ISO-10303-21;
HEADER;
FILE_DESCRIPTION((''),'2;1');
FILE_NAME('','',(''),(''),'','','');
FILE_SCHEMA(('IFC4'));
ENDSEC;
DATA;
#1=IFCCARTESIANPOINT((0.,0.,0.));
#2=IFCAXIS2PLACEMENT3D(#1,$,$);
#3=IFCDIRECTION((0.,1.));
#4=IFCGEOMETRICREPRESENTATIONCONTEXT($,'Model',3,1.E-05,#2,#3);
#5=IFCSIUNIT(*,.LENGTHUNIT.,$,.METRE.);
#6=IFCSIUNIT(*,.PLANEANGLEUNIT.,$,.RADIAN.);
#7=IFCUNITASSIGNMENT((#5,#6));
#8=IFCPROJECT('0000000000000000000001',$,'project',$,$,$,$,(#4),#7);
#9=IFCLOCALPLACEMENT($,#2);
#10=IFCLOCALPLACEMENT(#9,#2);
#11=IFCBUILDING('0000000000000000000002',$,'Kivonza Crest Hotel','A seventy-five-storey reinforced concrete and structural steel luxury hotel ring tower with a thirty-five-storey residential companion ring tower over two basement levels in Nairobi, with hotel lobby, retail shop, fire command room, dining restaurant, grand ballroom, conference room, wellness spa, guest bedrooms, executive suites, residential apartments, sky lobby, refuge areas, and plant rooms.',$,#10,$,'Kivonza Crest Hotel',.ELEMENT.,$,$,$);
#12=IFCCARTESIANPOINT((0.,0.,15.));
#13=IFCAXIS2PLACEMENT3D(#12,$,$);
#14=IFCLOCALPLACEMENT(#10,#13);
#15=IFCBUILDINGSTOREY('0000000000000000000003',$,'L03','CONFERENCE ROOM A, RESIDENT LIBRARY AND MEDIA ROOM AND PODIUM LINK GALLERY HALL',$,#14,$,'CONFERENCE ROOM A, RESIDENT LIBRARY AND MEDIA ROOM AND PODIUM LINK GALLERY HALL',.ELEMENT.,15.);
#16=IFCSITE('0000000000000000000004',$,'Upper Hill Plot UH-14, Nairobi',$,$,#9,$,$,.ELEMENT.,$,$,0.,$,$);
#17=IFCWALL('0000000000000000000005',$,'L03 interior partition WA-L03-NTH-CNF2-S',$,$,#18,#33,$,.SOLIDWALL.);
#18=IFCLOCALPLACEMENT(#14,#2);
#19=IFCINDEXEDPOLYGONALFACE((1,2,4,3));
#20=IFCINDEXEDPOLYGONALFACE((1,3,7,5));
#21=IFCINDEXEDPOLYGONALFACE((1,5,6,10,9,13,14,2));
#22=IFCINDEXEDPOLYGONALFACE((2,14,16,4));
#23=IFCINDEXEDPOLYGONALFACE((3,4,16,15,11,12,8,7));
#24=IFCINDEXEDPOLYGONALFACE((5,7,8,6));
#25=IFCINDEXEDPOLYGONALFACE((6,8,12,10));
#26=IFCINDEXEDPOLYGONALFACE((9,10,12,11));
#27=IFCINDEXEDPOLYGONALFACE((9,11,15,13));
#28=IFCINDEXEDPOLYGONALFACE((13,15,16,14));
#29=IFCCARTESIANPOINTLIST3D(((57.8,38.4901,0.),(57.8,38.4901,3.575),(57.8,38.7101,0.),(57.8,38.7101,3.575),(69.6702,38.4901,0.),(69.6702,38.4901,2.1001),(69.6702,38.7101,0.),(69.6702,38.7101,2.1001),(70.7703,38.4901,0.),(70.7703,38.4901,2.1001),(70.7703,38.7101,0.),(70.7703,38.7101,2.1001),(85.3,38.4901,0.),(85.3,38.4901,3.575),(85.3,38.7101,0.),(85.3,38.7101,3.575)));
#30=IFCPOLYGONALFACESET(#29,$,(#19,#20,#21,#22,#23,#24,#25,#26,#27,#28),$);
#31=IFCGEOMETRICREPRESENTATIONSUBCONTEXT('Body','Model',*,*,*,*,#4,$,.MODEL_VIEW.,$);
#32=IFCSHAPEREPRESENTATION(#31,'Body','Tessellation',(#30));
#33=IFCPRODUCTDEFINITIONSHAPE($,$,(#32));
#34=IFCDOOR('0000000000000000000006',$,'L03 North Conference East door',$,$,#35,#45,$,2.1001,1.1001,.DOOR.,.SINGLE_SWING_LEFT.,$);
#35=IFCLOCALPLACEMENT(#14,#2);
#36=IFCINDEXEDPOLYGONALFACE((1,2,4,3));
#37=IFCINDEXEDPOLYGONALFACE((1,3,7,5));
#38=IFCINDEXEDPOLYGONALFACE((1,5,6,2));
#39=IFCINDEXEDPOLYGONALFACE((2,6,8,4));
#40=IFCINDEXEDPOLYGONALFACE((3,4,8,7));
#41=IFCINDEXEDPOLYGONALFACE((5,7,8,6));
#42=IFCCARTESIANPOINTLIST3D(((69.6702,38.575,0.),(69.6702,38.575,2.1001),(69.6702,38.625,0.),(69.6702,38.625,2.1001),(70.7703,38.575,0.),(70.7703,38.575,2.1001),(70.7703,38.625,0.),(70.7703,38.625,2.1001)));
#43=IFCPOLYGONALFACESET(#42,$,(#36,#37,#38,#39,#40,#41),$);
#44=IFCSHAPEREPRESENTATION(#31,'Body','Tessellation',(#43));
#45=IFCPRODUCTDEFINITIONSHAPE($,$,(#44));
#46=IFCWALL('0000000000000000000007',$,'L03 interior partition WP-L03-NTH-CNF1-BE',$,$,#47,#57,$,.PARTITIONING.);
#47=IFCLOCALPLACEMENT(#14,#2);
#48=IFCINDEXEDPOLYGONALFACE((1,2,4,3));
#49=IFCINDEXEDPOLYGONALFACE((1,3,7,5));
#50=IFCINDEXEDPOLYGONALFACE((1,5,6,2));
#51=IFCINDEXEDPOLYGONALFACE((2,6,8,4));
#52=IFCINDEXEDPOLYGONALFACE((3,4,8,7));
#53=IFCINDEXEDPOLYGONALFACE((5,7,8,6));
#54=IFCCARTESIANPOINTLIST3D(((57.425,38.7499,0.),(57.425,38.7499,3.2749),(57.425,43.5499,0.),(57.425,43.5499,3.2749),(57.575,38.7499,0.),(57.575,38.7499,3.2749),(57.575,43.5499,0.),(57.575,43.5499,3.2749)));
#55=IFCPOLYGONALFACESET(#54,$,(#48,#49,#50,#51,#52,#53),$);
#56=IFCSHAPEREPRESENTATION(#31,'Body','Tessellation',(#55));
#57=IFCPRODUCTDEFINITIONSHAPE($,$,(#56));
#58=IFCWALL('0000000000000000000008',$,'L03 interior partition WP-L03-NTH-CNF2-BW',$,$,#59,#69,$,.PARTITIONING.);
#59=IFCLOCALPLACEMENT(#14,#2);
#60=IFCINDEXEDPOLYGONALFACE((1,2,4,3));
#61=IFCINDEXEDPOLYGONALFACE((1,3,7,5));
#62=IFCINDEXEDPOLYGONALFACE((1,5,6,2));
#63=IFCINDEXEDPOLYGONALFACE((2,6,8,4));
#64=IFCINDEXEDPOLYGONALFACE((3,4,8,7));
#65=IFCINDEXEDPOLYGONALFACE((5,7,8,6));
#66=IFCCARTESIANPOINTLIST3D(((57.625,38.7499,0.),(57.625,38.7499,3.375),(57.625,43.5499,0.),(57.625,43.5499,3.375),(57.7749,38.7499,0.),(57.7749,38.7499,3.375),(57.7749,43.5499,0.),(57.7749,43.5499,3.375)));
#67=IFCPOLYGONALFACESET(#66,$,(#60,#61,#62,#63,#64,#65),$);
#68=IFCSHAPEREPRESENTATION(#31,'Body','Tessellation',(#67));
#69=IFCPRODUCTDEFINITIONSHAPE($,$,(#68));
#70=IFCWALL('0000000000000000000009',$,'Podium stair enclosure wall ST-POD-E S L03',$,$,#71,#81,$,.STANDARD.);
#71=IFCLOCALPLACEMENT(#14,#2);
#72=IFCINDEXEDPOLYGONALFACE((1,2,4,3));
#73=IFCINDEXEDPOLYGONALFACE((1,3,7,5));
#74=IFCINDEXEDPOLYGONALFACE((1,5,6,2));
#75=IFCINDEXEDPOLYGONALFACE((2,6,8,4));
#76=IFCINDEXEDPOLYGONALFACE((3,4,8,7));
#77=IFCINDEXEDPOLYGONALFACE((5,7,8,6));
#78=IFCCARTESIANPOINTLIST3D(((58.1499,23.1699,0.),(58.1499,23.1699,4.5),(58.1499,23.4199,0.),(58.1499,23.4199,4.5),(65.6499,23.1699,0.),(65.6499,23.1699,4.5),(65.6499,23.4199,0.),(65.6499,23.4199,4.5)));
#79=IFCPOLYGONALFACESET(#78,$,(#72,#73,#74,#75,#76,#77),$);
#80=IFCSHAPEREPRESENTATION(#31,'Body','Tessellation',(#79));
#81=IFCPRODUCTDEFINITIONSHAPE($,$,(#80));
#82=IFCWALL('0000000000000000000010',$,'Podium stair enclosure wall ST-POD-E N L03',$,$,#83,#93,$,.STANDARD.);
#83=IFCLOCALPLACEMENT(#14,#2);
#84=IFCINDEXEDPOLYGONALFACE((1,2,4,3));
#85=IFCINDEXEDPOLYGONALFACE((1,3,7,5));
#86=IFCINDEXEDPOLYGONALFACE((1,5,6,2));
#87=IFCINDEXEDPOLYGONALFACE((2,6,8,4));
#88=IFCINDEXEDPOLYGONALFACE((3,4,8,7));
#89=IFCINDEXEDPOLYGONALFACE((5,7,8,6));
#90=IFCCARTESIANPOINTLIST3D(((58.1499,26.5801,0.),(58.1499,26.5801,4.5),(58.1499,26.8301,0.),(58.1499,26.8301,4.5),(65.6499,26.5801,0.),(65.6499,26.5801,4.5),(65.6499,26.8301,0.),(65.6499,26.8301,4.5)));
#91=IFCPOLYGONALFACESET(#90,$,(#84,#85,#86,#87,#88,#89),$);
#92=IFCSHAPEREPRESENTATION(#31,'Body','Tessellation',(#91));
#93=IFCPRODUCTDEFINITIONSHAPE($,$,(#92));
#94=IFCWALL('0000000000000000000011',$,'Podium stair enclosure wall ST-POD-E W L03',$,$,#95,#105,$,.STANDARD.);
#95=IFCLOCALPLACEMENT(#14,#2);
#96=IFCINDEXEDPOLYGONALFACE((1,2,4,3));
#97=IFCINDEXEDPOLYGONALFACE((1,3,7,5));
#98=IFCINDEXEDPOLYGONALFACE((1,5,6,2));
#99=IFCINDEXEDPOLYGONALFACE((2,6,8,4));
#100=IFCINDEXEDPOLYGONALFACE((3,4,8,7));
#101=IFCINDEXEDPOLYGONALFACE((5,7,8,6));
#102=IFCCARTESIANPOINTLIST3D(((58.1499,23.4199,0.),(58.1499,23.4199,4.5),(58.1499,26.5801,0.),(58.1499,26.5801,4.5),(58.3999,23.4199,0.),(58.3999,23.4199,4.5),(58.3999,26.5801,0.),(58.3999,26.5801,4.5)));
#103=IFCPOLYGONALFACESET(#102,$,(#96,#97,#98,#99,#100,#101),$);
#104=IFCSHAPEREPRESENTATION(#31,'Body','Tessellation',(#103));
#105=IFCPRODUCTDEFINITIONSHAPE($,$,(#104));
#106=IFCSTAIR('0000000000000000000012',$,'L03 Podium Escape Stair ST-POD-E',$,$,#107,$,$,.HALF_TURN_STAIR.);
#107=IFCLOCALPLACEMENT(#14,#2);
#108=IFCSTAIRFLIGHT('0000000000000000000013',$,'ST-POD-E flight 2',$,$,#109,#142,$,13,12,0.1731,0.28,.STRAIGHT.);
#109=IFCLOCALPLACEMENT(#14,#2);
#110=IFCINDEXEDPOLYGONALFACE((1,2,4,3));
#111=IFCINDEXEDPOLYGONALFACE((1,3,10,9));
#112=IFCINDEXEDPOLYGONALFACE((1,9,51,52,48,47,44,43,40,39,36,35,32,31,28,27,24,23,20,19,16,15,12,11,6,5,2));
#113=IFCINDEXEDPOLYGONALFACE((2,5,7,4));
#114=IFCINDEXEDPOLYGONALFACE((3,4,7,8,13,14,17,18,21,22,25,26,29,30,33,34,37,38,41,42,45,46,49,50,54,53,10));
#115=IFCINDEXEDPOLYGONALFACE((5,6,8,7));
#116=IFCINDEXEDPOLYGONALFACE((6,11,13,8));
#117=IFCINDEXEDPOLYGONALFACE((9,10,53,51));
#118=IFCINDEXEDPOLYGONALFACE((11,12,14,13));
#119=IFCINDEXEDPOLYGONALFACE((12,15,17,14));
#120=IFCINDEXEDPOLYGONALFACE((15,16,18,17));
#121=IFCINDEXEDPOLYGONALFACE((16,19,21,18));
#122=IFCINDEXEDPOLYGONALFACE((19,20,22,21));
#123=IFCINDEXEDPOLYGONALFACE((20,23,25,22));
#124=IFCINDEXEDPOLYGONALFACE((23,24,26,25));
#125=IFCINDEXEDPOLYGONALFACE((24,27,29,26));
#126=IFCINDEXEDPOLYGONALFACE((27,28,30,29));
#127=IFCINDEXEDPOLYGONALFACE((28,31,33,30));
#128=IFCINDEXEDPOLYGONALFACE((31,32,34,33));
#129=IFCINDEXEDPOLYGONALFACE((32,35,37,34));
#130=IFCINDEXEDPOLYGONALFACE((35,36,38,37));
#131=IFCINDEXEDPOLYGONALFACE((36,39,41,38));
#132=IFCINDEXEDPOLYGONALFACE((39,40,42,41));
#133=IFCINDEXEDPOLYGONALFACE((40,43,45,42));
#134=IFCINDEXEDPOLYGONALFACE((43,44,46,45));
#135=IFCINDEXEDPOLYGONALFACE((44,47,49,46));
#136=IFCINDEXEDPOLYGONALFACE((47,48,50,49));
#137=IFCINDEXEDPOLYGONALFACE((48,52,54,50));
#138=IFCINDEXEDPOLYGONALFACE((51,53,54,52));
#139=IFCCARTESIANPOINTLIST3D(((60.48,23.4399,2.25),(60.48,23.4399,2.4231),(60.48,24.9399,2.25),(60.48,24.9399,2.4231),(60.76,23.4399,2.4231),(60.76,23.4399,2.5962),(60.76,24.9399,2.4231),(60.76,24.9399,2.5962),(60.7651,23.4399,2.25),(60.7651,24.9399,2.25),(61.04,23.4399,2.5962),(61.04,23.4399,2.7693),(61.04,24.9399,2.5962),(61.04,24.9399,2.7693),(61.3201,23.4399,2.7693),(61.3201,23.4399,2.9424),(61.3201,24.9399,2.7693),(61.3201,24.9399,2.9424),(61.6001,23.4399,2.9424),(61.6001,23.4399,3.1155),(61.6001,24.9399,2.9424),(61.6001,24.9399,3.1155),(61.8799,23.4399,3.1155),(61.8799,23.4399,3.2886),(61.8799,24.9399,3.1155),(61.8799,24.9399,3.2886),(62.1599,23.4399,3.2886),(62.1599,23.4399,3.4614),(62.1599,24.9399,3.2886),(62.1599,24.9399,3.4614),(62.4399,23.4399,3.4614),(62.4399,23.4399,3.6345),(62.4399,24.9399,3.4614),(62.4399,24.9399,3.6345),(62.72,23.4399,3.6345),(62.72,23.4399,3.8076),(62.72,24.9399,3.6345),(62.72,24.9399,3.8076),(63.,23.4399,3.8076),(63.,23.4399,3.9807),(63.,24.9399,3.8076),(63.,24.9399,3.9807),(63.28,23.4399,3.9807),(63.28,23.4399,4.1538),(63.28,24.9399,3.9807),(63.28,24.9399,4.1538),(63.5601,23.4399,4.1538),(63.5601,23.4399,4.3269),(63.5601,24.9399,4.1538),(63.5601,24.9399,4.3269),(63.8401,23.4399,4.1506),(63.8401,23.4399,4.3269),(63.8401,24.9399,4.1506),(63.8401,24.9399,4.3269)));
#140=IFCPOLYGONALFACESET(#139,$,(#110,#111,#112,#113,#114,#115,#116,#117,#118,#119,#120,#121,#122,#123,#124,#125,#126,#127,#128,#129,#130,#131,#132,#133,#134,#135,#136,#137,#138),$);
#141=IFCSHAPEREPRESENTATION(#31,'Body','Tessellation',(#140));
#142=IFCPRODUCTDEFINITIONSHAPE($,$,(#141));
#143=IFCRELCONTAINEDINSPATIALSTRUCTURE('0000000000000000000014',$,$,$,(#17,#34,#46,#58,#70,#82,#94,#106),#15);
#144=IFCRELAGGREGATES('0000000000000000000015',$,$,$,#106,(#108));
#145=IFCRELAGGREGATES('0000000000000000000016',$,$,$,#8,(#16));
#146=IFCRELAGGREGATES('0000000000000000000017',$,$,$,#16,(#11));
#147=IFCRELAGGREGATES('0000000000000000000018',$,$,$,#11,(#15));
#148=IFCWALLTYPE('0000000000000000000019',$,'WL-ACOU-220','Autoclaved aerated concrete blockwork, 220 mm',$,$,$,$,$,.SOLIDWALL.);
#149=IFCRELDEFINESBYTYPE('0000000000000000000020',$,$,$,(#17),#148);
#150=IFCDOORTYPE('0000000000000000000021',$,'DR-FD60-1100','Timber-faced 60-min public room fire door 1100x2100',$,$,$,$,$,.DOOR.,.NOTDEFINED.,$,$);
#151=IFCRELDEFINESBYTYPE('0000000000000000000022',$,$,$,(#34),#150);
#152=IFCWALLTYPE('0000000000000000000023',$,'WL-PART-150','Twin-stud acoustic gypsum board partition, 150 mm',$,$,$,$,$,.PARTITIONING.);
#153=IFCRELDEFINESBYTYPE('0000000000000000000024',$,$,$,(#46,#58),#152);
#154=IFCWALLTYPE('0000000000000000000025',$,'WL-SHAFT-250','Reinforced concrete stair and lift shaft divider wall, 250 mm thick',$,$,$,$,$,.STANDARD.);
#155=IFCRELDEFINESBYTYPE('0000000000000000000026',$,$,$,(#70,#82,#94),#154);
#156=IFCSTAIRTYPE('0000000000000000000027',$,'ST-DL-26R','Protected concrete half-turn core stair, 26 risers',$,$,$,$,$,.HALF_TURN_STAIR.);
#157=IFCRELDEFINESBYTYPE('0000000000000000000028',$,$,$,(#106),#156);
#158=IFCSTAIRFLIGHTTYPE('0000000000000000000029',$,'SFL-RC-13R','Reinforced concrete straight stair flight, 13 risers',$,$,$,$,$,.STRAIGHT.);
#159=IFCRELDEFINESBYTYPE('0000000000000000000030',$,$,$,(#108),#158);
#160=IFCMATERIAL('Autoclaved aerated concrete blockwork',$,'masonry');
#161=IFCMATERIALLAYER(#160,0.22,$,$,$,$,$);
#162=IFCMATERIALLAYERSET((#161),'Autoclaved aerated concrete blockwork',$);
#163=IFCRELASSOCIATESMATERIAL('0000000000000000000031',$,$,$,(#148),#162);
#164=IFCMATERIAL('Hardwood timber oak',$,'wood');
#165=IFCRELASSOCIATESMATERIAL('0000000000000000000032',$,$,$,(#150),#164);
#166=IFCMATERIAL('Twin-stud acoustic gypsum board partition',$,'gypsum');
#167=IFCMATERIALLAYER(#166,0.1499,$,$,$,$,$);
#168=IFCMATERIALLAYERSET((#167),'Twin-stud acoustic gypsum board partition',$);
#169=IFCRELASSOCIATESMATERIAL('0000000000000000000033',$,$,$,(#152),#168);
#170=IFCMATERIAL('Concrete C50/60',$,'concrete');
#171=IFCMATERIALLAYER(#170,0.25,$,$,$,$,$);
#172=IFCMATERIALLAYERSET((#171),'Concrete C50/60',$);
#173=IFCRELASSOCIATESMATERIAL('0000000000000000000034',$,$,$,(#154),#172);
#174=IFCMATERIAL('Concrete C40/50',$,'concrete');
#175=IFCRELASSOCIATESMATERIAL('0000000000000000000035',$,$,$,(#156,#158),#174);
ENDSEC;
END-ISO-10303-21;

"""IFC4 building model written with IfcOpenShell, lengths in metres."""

from ifc_helpers import new_model, si_unit, direction, frame, frame_2d, origin, place, context, subcontext, project, spatial, polyline, rectangle, outline, extrude, material, layer, layer_set, type_object, element, fill, aggregate, save


model = new_model("IFC4")

# Units and contexts
model_context = context("Model", 3, precision=1e-05, world=origin(), true_north=direction((0.0, 1.0)))
body_context = subcontext(model_context, "Body", "Model", "MODEL_VIEW")
ifc_project = project(units=[si_unit("LENGTHUNIT", "METRE"), si_unit("PLANEANGLEUNIT", "RADIAN")], contexts=[model_context])

# Site, building, storey
site_placement = place(None, origin())
site = spatial("IfcSite", under=ifc_project, at=site_placement, Name="Upper Hill Plot UH-14, Nairobi", CompositionType="ELEMENT", RefElevation=0.0)
building_placement = place(site_placement, origin())
building = spatial("IfcBuilding", under=site, at=building_placement, Name="Kivonza Crest Hotel", Description="A seventy-five-storey reinforced concrete and structural steel luxury hotel ring tower with a thirty-five-storey residential companion ring tower over two basement levels in Nairobi, with hotel lobby, retail shop, fire command room, dining restaurant, grand ballroom, conference room, wellness spa, guest bedrooms, executive suites, residential apartments, sky lobby, refuge areas, and plant rooms.", LongName="Kivonza Crest Hotel", CompositionType="ELEMENT")
storey_placement = place(building_placement, frame((0.0, 0.0, 15.0)))
storey = spatial("IfcBuildingStorey", under=building, at=storey_placement, Name="L03", Description="CONFERENCE ROOM A, RESIDENT LIBRARY AND MEDIA ROOM AND PODIUM LINK GALLERY HALL", LongName="CONFERENCE ROOM A, RESIDENT LIBRARY AND MEDIA ROOM AND PODIUM LINK GALLERY HALL", CompositionType="ELEMENT", Elevation=15.0)

# Wall, opening, door
ifc_material_1 = material(Name="Autoclaved aerated concrete blockwork", Category="masonry")
ifc_layer_1 = layer(ifc_material_1, 0.22)
ifc_layer_set_1 = layer_set([ifc_layer_1], Name="Autoclaved aerated concrete blockwork")
wall_type_1 = type_object("IfcWallType", Name="WL-ACOU-220", Description="Autoclaved aerated concrete blockwork, 220 mm", PredefinedType="SOLIDWALL", material=ifc_layer_set_1)
wall_1_placement = place(storey_placement, frame((57.8, 38.6001, 0.0), z_axis=(0.0, 0.0, 1.0), x_axis=(1.0, 0.0, 0.0)))
wall_1 = element("IfcWall", 1, at=wall_1_placement, inside=storey, type_object=wall_type_1, Name="L03 interior partition WA-L03-NTH-CNF2-S", PredefinedType="SOLIDWALL", context=body_context, shape_type="SweptSolid", body=[
    extrude(rectangle(XDim=27.5, YDim=0.22, at=frame_2d((13.75, 0.0))), origin(), (0.0, 0.0, 1.0), 3.575),
])
opening_placement = place(wall_1_placement, frame((11.8701, 0.0, 0.0)))
opening = element("IfcOpeningElement", 2, at=opening_placement, cuts=wall_1, PredefinedType="OPENING", context=body_context, shape_type="SweptSolid", body=[
    extrude(rectangle(XDim=1.1001, YDim=2.1001, at=frame_2d((0.55, 1.05))), frame((0.0, 0.1201, 0.0), z_axis=(0.0, -1.0, 0.0), x_axis=(1.0, 0.0, 0.0)), (0.0, 0.0, 1.0), 0.24),
])
ifc_material_2 = material(Name="Hardwood timber oak", Category="wood")
door_type = type_object("IfcDoorType", Name="DR-FD60-1100", Description="Timber-faced 60-min public room fire door 1100x2100", OperationType="NOTDEFINED", PredefinedType="DOOR", material=ifc_material_2)
door_placement = place(opening_placement, origin())
door = element("IfcDoor", 3, at=door_placement, inside=storey, type_object=door_type, Name="L03 North Conference East door", OperationType="SINGLE_SWING_LEFT", OverallHeight=2.1001, OverallWidth=1.1001, PredefinedType="DOOR", context=body_context, shape_type="SweptSolid", body=[
    extrude(rectangle(XDim=1.1001, YDim=2.1001, at=frame_2d((0.55, 1.05))), frame((0.0, 0.0249, 0.0), z_axis=(0.0, -1.0, 0.0), x_axis=(1.0, 0.0, 0.0)), (0.0, 0.0, 1.0), 0.05),
])
fill(opening, door)

# Walls
ifc_material_3 = material(Name="Twin-stud acoustic gypsum board partition", Category="gypsum")
ifc_layer_2 = layer(ifc_material_3, 0.1499)
ifc_layer_set_2 = layer_set([ifc_layer_2], Name="Twin-stud acoustic gypsum board partition")
wall_type_2 = type_object("IfcWallType", Name="WL-PART-150", Description="Twin-stud acoustic gypsum board partition, 150 mm", PredefinedType="PARTITIONING", material=ifc_layer_set_2)
wall_2_placement = place(storey_placement, frame((57.5, 38.75, 0.0), z_axis=(0.0, 0.0, 1.0), x_axis=(0.0, 1.0, 0.0)))
element("IfcWall", 4, at=wall_2_placement, inside=storey, type_object=wall_type_2, Name="L03 interior partition WP-L03-NTH-CNF1-BE", PredefinedType="PARTITIONING", context=body_context, shape_type="SweptSolid", body=[
    extrude(rectangle(XDim=4.8, YDim=0.1499, at=frame_2d((2.3999, 0.0))), origin(), (0.0, 0.0, 1.0), 3.2749),
])
wall_3_placement = place(storey_placement, frame((57.7, 38.75, 0.0), z_axis=(0.0, 0.0, 1.0), x_axis=(0.0, 1.0, 0.0)))
element("IfcWall", 5, at=wall_3_placement, inside=storey, type_object=wall_type_2, Name="L03 interior partition WP-L03-NTH-CNF2-BW", PredefinedType="PARTITIONING", context=body_context, shape_type="SweptSolid", body=[
    extrude(rectangle(XDim=4.8, YDim=0.1499, at=frame_2d((2.3999, 0.0))), origin(), (0.0, 0.0, 1.0), 3.375),
])
ifc_material_4 = material(Name="Concrete C50/60", Category="concrete")
ifc_layer_3 = layer(ifc_material_4, 0.25)
ifc_layer_set_3 = layer_set([ifc_layer_3], Name="Concrete C50/60")
wall_type_3 = type_object("IfcWallType", Name="WL-SHAFT-250", Description="Reinforced concrete stair and lift shaft divider wall, 250 mm thick", PredefinedType="STANDARD", material=ifc_layer_set_3)
for number, where, z_axis, x_axis, name in (
    (6, (58.1499, 23.2949, 0.0), (0.0, 0.0, 1.0), (1.0, 0.0, 0.0), "Podium stair enclosure wall ST-POD-E S L03"),
    (7, (58.1499, 26.7051, 0.0), (0.0, 0.0, 1.0), (1.0, 0.0, 0.0), "Podium stair enclosure wall ST-POD-E N L03"),
):
    element("IfcWall", number, at=place(storey_placement, frame(where, z_axis=z_axis, x_axis=x_axis)), inside=storey, type_object=wall_type_3, Name=name, PredefinedType="STANDARD", context=body_context, shape_type="SweptSolid", body=[
        extrude(rectangle(XDim=7.5, YDim=0.25, at=frame_2d((3.75, 0.0))), origin(), (0.0, 0.0, 1.0), 4.5),
    ])
wall_4_placement = place(storey_placement, frame((58.2749, 23.4199, 0.0), z_axis=(0.0, 0.0, 1.0), x_axis=(0.0, 1.0, 0.0)))
element("IfcWall", 8, at=wall_4_placement, inside=storey, type_object=wall_type_3, Name="Podium stair enclosure wall ST-POD-E W L03", PredefinedType="STANDARD", context=body_context, shape_type="SweptSolid", body=[
    extrude(rectangle(XDim=3.1602, YDim=0.25, at=frame_2d((1.5801, 0.0))), origin(), (0.0, 0.0, 1.0), 4.5),
])

# Stair, stair flight
ifc_material_5 = material(Name="Concrete C40/50", Category="concrete")
stair_type = type_object("IfcStairType", Name="ST-DL-26R", Description="Protected concrete half-turn core stair, 26 risers", PredefinedType="HALF_TURN_STAIR", material=ifc_material_5)
stair_placement = place(storey_placement, origin())
stair = element("IfcStair", 9, at=stair_placement, inside=storey, type_object=stair_type, Name="L03 Podium Escape Stair ST-POD-E", PredefinedType="HALF_TURN_STAIR")
stair_flight_type = type_object("IfcStairFlightType", Name="SFL-RC-13R", Description="Reinforced concrete straight stair flight, 13 risers", PredefinedType="STRAIGHT", material=ifc_material_5)
stair_flight_placement = place(storey_placement, frame((60.48, 24.1899, 2.25), z_axis=(0.0, 0.0, 1.0), x_axis=(1.0, 0.0, 0.0)))
stair_flight = element("IfcStairFlight", 10, at=stair_flight_placement, type_object=stair_flight_type, Name="ST-POD-E flight 2", NumberOfRisers=13, NumberOfTreads=12, PredefinedType="STRAIGHT", RiserHeight=0.1731, TreadLength=0.28, context=body_context, shape_type="SweptSolid", body=[
    extrude(outline(polyline([(0.0, 0.0), (0.0, 0.1731), (0.28, 0.1731), (0.28, 0.3462), (0.5601, 0.3462), (0.5601, 0.5193), (0.8401, 0.5193), (0.8401, 0.6924), (1.1201, 0.6924), (1.1201, 0.8655), (1.3999, 0.8655), (1.3999, 1.0386), (1.6799, 1.0386), (1.6799, 1.2114), (1.96, 1.2114), (1.96, 1.3845), (2.24, 1.3845), (2.24, 1.5576), (2.52, 1.5576), (2.52, 1.7307), (2.8, 1.7307), (2.8, 1.9038), (3.0801, 1.9038), (3.0801, 2.0769), (3.3601, 2.0769), (3.3601, 2.25), (3.3601, 1.9006), (0.2852, 0.0), (0.0, 0.0)])), frame((0.0, 0.75, 0.0), z_axis=(0.0, -1.0, 0.0), x_axis=(1.0, 0.0, 0.0)), (0.0, 0.0, 1.0), 1.5),
])
aggregate(stair, [stair_flight])

save(model, "model.ifc")
